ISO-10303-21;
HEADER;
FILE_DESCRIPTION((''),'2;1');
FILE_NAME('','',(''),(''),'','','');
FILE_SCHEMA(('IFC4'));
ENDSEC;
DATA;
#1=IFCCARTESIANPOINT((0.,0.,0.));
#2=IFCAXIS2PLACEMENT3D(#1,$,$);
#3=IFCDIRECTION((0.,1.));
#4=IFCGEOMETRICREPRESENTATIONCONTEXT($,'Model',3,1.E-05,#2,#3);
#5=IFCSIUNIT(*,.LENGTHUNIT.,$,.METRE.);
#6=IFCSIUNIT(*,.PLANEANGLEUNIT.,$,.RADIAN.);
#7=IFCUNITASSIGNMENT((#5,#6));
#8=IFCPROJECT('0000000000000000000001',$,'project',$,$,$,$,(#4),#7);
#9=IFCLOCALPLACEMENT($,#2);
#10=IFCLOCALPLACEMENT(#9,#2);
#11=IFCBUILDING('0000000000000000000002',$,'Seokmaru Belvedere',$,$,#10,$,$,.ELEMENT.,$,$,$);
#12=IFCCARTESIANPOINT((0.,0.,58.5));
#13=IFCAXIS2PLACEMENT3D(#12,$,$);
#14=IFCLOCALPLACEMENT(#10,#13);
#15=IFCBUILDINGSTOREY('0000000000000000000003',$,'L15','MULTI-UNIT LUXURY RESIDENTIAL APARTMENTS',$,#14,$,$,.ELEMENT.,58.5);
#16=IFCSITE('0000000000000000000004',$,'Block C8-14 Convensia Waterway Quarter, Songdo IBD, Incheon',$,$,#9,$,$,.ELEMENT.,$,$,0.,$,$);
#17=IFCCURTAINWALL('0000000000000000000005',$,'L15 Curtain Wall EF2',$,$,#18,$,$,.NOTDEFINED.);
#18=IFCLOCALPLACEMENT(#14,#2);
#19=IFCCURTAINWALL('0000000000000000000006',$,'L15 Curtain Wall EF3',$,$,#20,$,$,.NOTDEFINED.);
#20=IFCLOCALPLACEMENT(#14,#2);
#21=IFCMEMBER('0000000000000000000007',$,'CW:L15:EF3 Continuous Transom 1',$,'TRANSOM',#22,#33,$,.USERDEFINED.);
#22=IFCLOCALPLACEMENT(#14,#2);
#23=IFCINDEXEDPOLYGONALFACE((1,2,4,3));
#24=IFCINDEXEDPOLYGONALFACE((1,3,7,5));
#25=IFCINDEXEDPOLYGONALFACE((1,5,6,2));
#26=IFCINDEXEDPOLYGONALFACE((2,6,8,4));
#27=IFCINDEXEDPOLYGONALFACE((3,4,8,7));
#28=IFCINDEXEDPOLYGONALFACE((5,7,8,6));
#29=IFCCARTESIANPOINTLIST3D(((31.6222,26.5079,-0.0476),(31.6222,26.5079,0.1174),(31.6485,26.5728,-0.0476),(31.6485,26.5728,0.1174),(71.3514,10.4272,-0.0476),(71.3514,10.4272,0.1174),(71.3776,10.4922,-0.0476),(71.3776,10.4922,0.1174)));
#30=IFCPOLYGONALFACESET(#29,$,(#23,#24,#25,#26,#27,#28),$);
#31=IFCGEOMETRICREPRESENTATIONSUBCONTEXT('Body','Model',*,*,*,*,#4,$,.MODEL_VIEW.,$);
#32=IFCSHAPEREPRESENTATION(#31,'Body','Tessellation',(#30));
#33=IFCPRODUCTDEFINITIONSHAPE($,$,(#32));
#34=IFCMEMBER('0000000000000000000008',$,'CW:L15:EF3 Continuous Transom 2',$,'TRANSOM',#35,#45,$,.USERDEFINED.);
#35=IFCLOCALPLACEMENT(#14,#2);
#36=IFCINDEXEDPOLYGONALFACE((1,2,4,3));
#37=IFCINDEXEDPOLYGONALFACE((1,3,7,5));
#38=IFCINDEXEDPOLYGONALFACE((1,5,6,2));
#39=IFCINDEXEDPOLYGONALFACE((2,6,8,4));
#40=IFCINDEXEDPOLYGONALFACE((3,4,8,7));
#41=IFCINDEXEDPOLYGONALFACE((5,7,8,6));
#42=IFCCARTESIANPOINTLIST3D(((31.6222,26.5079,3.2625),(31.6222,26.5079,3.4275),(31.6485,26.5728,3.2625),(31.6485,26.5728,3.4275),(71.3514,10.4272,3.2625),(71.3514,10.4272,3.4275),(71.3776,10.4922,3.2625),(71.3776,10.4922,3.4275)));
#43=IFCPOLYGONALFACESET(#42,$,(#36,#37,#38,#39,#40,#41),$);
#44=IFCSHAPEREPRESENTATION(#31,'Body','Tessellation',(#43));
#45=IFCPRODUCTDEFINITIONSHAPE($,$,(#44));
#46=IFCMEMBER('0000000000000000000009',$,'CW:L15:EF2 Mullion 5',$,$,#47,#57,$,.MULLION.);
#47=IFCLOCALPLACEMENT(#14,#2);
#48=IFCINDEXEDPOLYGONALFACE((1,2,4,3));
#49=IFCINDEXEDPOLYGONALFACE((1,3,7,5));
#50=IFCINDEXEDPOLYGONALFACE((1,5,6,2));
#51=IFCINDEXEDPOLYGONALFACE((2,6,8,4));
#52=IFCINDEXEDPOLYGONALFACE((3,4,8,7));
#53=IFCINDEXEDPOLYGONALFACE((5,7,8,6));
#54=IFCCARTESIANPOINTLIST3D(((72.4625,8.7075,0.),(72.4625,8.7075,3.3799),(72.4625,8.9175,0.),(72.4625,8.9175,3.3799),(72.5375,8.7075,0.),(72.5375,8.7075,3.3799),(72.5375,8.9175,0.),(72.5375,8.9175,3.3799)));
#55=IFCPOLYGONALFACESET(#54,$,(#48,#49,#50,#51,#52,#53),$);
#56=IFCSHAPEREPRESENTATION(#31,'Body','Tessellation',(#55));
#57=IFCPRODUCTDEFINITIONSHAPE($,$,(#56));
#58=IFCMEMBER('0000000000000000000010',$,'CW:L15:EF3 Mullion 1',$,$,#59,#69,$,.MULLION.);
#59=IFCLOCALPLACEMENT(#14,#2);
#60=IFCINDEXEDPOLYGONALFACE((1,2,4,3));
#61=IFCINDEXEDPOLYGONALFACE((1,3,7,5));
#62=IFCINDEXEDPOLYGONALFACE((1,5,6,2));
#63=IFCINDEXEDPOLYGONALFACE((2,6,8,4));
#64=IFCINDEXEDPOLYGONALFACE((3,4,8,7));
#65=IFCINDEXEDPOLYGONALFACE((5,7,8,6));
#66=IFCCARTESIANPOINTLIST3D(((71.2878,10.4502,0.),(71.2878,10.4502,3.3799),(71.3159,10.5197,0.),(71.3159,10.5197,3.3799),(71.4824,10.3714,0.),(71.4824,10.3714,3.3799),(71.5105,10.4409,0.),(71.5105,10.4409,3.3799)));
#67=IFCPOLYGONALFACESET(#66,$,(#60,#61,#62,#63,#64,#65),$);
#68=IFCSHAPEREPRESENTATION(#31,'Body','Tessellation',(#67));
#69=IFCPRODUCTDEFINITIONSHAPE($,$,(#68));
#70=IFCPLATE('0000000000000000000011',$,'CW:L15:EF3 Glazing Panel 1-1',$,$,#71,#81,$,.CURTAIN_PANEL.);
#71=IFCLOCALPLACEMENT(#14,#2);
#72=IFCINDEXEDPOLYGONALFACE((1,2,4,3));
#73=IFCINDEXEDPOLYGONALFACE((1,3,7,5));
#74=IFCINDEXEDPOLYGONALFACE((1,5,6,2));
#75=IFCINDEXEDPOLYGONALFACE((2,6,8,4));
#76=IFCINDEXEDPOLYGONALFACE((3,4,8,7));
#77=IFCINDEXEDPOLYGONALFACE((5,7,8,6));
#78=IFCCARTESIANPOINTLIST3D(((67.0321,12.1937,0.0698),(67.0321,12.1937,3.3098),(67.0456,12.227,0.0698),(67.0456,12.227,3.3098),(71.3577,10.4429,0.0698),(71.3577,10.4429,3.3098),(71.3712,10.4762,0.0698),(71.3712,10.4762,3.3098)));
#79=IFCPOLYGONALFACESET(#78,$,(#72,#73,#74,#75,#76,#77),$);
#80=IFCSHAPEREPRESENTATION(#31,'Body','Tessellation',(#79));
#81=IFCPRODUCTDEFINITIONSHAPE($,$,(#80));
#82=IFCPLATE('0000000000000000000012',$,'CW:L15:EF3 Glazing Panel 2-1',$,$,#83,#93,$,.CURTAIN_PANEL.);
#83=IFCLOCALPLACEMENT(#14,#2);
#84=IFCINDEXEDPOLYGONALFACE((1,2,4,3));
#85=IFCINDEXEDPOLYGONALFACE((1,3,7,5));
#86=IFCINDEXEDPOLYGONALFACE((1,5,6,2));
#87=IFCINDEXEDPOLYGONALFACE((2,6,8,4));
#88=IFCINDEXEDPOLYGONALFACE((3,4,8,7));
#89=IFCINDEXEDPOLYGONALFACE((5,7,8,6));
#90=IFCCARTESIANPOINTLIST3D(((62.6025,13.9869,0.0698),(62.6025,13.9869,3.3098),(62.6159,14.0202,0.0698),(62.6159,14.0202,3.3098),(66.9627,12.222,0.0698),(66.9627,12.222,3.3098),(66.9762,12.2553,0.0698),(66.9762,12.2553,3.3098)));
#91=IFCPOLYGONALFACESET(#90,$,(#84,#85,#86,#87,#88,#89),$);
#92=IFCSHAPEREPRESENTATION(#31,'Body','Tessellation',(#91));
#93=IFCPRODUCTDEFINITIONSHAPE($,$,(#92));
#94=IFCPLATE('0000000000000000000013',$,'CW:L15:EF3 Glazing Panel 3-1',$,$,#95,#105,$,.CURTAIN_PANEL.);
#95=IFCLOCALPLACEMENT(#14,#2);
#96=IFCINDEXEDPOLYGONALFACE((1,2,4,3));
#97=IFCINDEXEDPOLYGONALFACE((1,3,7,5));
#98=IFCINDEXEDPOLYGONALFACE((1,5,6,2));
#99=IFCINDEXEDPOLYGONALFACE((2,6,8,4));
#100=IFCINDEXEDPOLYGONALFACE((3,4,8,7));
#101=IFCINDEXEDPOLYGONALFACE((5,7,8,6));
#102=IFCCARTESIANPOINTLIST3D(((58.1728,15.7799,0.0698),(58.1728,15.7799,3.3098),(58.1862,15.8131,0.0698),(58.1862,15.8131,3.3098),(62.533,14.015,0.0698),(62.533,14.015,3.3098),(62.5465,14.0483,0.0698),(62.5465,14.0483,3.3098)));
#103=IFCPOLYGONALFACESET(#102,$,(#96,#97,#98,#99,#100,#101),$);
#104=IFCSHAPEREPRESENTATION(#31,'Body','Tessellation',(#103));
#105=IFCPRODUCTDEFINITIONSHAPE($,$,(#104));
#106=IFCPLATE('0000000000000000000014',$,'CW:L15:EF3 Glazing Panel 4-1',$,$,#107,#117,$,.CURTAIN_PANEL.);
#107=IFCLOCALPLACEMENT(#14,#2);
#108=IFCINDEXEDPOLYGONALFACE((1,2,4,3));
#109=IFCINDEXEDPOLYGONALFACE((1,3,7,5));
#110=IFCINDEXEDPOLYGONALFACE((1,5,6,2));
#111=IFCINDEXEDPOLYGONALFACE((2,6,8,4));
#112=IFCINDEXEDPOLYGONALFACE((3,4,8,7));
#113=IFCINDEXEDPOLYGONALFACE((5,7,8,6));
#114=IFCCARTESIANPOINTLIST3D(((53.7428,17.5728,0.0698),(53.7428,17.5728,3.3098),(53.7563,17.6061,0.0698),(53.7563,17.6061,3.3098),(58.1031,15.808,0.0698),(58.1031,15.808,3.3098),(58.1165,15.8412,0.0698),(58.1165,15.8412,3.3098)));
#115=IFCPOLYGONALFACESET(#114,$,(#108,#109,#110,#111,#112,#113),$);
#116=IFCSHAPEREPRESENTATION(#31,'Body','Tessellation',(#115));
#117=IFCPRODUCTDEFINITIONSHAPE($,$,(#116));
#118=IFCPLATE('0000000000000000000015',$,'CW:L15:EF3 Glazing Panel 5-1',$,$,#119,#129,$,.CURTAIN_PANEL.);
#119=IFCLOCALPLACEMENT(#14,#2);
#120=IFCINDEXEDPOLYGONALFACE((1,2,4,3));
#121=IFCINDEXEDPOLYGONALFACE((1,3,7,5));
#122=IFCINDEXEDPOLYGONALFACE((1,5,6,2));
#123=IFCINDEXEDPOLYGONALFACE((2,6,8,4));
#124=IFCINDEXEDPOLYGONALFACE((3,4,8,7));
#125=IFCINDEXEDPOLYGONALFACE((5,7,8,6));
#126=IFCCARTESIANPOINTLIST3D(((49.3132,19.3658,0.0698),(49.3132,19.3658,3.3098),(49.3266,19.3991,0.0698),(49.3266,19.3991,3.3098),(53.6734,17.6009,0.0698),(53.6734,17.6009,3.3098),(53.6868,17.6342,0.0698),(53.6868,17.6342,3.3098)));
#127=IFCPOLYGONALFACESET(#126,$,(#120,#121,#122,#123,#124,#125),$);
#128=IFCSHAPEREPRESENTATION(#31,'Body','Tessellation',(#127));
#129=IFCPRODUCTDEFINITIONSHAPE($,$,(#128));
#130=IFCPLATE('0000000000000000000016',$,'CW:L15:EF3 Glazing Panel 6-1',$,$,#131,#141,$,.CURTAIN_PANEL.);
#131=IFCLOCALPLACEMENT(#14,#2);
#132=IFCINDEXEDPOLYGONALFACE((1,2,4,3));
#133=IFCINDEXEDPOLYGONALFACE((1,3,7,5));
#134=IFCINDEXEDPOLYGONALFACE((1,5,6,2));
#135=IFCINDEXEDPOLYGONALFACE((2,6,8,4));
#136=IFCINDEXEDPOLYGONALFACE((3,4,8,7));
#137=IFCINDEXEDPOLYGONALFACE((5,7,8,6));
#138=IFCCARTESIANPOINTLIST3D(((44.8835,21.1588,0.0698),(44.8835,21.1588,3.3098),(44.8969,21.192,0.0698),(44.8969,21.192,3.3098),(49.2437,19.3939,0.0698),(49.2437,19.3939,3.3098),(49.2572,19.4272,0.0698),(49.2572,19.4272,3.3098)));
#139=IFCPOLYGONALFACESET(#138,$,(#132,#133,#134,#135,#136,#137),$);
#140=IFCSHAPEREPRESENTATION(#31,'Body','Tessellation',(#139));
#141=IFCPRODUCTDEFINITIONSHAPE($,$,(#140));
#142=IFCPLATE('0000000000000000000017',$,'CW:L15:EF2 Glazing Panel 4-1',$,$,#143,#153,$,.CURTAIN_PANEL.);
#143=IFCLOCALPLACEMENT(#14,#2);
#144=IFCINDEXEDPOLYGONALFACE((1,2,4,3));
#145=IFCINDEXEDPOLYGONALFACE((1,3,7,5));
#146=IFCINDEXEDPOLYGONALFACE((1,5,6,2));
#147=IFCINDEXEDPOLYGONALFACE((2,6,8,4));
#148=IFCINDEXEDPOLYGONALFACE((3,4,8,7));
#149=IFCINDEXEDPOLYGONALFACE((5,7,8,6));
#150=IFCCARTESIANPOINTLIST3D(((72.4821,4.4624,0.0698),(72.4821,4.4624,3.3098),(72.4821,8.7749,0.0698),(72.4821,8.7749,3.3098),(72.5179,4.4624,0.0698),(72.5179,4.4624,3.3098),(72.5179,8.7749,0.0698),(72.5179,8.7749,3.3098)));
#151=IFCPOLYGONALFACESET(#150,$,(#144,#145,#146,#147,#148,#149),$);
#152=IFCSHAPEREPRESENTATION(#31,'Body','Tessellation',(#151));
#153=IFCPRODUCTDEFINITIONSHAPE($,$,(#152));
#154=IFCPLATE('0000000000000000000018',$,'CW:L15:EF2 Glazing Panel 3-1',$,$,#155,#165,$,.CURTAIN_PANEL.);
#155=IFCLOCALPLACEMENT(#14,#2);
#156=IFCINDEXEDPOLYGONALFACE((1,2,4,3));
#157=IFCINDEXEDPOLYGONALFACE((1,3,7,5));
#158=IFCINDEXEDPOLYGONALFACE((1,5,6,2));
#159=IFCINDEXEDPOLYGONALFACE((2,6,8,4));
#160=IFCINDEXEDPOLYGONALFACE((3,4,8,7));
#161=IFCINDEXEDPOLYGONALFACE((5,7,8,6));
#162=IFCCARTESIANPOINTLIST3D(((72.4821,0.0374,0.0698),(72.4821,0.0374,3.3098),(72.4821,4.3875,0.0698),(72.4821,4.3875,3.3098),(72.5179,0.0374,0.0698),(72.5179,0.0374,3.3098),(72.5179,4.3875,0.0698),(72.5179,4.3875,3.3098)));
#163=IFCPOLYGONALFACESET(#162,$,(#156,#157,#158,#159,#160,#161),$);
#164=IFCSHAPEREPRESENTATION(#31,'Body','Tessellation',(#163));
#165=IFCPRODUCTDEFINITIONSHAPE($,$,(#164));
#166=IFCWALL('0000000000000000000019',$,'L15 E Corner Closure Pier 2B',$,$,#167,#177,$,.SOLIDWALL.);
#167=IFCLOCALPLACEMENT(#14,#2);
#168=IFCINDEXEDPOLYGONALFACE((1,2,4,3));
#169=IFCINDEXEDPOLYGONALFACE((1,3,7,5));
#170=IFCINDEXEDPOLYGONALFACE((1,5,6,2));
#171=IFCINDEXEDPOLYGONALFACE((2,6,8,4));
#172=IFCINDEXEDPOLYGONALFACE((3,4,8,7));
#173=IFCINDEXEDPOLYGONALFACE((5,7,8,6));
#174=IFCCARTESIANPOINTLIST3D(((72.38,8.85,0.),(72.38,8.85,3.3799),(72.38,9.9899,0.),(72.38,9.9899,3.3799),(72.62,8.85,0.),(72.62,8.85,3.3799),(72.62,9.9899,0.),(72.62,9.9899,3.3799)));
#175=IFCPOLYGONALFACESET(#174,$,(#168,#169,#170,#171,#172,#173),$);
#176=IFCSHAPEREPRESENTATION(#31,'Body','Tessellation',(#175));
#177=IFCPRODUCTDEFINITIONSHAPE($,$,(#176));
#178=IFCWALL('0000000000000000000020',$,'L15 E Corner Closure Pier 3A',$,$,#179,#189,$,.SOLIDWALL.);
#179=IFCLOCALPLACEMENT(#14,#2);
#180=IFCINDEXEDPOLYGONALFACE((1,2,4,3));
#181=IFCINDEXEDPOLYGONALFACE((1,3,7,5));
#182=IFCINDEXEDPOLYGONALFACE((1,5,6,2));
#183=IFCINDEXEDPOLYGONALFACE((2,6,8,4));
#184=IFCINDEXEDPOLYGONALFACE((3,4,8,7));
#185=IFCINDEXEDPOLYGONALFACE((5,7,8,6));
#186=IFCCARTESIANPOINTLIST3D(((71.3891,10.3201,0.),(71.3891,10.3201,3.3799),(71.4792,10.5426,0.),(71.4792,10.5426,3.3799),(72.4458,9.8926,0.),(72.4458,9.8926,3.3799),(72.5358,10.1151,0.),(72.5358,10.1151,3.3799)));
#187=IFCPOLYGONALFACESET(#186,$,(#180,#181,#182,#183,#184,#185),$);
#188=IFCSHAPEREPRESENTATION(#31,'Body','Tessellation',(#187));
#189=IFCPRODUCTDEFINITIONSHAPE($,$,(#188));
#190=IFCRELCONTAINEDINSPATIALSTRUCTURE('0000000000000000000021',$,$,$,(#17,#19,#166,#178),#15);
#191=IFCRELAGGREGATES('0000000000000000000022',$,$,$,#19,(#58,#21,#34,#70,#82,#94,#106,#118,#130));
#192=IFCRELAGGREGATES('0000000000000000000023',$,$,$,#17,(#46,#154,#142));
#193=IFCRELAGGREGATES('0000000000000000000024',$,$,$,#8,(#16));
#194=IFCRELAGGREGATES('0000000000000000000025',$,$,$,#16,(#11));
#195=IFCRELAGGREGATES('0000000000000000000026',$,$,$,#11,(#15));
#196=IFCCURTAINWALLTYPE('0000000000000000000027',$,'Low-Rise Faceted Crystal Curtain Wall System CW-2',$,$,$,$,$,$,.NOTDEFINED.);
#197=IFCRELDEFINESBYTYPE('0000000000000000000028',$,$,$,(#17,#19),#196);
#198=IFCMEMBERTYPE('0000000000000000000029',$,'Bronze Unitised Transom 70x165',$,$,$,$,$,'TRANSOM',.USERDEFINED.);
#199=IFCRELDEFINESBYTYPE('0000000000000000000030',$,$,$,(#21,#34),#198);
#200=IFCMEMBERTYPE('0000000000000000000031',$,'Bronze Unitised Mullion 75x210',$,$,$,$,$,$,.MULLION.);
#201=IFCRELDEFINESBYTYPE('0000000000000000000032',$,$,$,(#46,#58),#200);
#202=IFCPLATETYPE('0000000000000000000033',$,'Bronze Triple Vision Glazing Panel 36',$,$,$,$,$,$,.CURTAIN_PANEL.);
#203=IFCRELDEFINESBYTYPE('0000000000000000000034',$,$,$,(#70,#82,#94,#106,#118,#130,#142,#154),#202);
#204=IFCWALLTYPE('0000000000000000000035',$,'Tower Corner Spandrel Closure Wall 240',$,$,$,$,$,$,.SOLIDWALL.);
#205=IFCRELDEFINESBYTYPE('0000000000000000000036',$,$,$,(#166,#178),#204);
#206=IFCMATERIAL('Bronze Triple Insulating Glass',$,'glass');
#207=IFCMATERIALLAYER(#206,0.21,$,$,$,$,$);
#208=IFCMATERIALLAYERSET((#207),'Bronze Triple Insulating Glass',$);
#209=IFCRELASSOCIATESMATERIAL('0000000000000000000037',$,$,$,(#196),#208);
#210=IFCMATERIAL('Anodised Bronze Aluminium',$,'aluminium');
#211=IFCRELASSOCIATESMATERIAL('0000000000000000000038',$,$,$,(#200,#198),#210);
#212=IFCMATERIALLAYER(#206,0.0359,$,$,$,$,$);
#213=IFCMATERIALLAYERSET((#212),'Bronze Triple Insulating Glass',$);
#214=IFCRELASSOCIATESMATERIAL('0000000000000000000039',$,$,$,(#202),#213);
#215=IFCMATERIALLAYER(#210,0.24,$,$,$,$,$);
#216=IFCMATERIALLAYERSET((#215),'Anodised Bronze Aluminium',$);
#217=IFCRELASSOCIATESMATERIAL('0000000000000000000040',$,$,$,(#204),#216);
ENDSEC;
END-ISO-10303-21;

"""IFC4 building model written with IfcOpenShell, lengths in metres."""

from ifc_helpers import new_model, si_unit, direction, frame, frame_2d, origin, origin_2d, place, context, subcontext, project, spatial, rectangle, extrude, source, transform, mapped, material, layer, layer_set, material_profile, profile_set, type_object, type_shapes, element, aggregate, save


model = new_model("IFC4")

# Units and contexts
model_context = context("Model", 3, precision=1e-05, world=origin(), true_north=direction((0.0, 1.0)))
body_context = subcontext(model_context, "Body", "Model", "MODEL_VIEW")
ifc_project = project(units=[si_unit("LENGTHUNIT", "METRE"), si_unit("PLANEANGLEUNIT", "RADIAN")], contexts=[model_context])

# Site, building, storey
site_placement = place(None, origin())
site = spatial("IfcSite", under=ifc_project, at=site_placement, Name="Block C8-14 Convensia Waterway Quarter, Songdo IBD, Incheon", CompositionType="ELEMENT", RefElevation=0.0)
building_placement = place(site_placement, origin())
building = spatial("IfcBuilding", under=site, at=building_placement, Name="Seokmaru Belvedere", CompositionType="ELEMENT")
storey_placement = place(building_placement, frame((0.0, 0.0, 58.5)))
storey = spatial("IfcBuildingStorey", under=building, at=storey_placement, Name="L15", Description="MULTI-UNIT LUXURY RESIDENTIAL APARTMENTS", CompositionType="ELEMENT", Elevation=58.5)

# Curtain walls, members
ifc_material_1 = material(Name="Bronze Triple Insulating Glass", Category="glass")
ifc_layer_1 = layer(ifc_material_1, 0.21)
ifc_layer_set_1 = layer_set([ifc_layer_1], Name="Bronze Triple Insulating Glass")
curtain_wall_type = type_object("IfcCurtainWallType", Name="Low-Rise Faceted Crystal Curtain Wall System CW-2", PredefinedType="NOTDEFINED", material=ifc_layer_set_1)
curtain_wall_1_placement = place(storey_placement, origin())
curtain_wall_1 = element("IfcCurtainWall", 1, at=curtain_wall_1_placement, inside=storey, type_object=curtain_wall_type, Name="L15 Curtain Wall EF2", PredefinedType="NOTDEFINED")
ifc_material_2 = material(Name="Anodised Bronze Aluminium", Category="aluminium")
ifc_material_profile_1 = material_profile(ifc_material_2, rectangle(XDim=0.075, YDim=0.21, at=origin_2d()), Name="CW-M-75x210")
ifc_profile_set_1 = profile_set([ifc_material_profile_1], Name="Anodised Bronze Aluminium")
member_type_1 = type_object("IfcMemberType", Name="Bronze Unitised Mullion 75x210", PredefinedType="MULLION", material=ifc_profile_set_1)
curtain_wall_2_placement = place(storey_placement, origin())
curtain_wall_2 = element("IfcCurtainWall", 2, at=curtain_wall_2_placement, inside=storey, type_object=curtain_wall_type, Name="L15 Curtain Wall EF3", PredefinedType="NOTDEFINED")
ifc_material_profile_2 = material_profile(ifc_material_2, rectangle(XDim=0.0701, YDim=0.165, at=origin_2d()), Name="CW-T-70x165")
ifc_profile_set_2 = profile_set([ifc_material_profile_2], Name="Anodised Bronze Aluminium")
member_type_2 = type_object("IfcMemberType", Name="Bronze Unitised Transom 70x165", ElementType="TRANSOM", PredefinedType="USERDEFINED", material=ifc_profile_set_2)
shared_shape_1 = source(origin(), body_context, "Body", "SweptSolid", [
    extrude(rectangle(XDim=0.0701, YDim=0.165, at=origin_2d()), origin(), (0.0, 0.0, 1.0), 42.8601),
])
type_shapes(member_type_2, [shared_shape_1])
member_1_placement = place(storey_placement, frame((71.3645, 10.4597, 0.0349), z_axis=(-0.926949, 0.375188, 0.0), x_axis=(-0.375188, -0.926949, 0.0)))
member_1 = element("IfcMember", 3, at=member_1_placement, type_object=member_type_2, Name="CW:L15:EF3 Continuous Transom 1", ObjectType="TRANSOM", PredefinedType="USERDEFINED", context=body_context, shape_type="MappedRepresentation", body=[
    mapped(shared_shape_1, transform((0.0, 0.0, 0.0), scale=1.0)),
])
member_2_placement = place(storey_placement, frame((71.3645, 10.4597, 3.345), z_axis=(-0.926949, 0.375188, 0.0), x_axis=(-0.375188, -0.926949, 0.0)))
member_2 = element("IfcMember", 4, at=member_2_placement, type_object=member_type_2, Name="CW:L15:EF3 Continuous Transom 2", ObjectType="TRANSOM", PredefinedType="USERDEFINED", context=body_context, shape_type="MappedRepresentation", body=[
    mapped(shared_shape_1, transform((0.0, 0.0, 0.0), scale=1.0)),
])

# Members
shared_shape_2 = source(origin(), body_context, "Body", "SweptSolid", [
    extrude(rectangle(XDim=0.075, YDim=0.21, at=origin_2d()), origin(), (0.0, 0.0, 1.0), 3.3799),
])
member_3_placement = place(storey_placement, frame((72.5, 8.8125, 0.0), z_axis=(0.0, 0.0, 1.0), x_axis=(-1.0, 0.0, 0.0)))
member_3 = element("IfcMember", 5, at=member_3_placement, type_object=member_type_1, Name="CW:L15:EF2 Mullion 5", PredefinedType="MULLION", context=body_context, shape_type="MappedRepresentation", body=[
    mapped(shared_shape_2, transform((0.0, 0.0, 0.0), scale=1.0)),
])
member_4_placement = place(storey_placement, frame((71.3992, 10.4456, 0.0), z_axis=(0.0, 0.0, 1.0), x_axis=(-0.375192, -0.926947, 0.0)))
member_4 = element("IfcMember", 6, at=member_4_placement, type_object=member_type_1, Name="CW:L15:EF3 Mullion 1", PredefinedType="MULLION", context=body_context, shape_type="MappedRepresentation", body=[
    mapped(shared_shape_2, transform((0.0, 0.0, 0.0), scale=1.0)),
])

# Plates
ifc_layer_2 = layer(ifc_material_1, 0.0359)
ifc_layer_set_2 = layer_set([ifc_layer_2], Name="Bronze Triple Insulating Glass")
plate_type = type_object("IfcPlateType", Name="Bronze Triple Vision Glazing Panel 36", PredefinedType="CURTAIN_PANEL", material=ifc_layer_set_2)
shared_shape_3 = source(origin(), body_context, "Body", "SweptSolid", [
    extrude(rectangle(XDim=4.6665, YDim=0.0359, at=origin_2d()), origin(), (0.0, 0.0, 1.0), 3.24),
])
plate_1_placement = place(storey_placement, frame((69.2017, 11.335, 0.0698), z_axis=(0.0, 0.0, 1.0), x_axis=(-0.926947, 0.375192, 0.0)))
plate_1 = element("IfcPlate", 7, at=plate_1_placement, type_object=plate_type, Name="CW:L15:EF3 Glazing Panel 1-1", PredefinedType="CURTAIN_PANEL", context=body_context, shape_type="MappedRepresentation", body=[
    mapped(shared_shape_3, transform((0.0, 0.0, 0.0), scale=1.0)),
])
shared_shape_4 = source(origin(), body_context, "Body", "SweptSolid", [
    extrude(rectangle(XDim=4.7039, YDim=0.0359, at=origin_2d()), origin(), (0.0, 0.0, 1.0), 3.24),
])
plate_2_placement = place(storey_placement, frame((64.7893, 13.1211, 0.0698), z_axis=(0.0, 0.0, 1.0), x_axis=(-0.926947, 0.375192, 0.0)))
plate_2 = element("IfcPlate", 8, at=plate_2_placement, type_object=plate_type, Name="CW:L15:EF3 Glazing Panel 2-1", PredefinedType="CURTAIN_PANEL", context=body_context, shape_type="MappedRepresentation", body=[
    mapped(shared_shape_4, transform((0.0, 0.0, 0.0), scale=1.0)),
])
plate_3_placement = place(storey_placement, frame((60.3596, 14.9141, 0.0698), z_axis=(0.0, 0.0, 1.0), x_axis=(-0.926947, 0.375192, 0.0)))
plate_3 = element("IfcPlate", 9, at=plate_3_placement, type_object=plate_type, Name="CW:L15:EF3 Glazing Panel 3-1", PredefinedType="CURTAIN_PANEL", context=body_context, shape_type="MappedRepresentation", body=[
    mapped(shared_shape_4, transform((0.0, 0.0, 0.0), scale=1.0)),
])
plate_4_placement = place(storey_placement, frame((55.9297, 16.707, 0.0698), z_axis=(0.0, 0.0, 1.0), x_axis=(-0.926947, 0.375192, 0.0)))
plate_4 = element("IfcPlate", 10, at=plate_4_placement, type_object=plate_type, Name="CW:L15:EF3 Glazing Panel 4-1", PredefinedType="CURTAIN_PANEL", context=body_context, shape_type="MappedRepresentation", body=[
    mapped(shared_shape_4, transform((0.0, 0.0, 0.0), scale=1.0)),
])
plate_5_placement = place(storey_placement, frame((51.5, 18.5, 0.0698), z_axis=(0.0, 0.0, 1.0), x_axis=(-0.926947, 0.375192, 0.0)))
plate_5 = element("IfcPlate", 11, at=plate_5_placement, type_object=plate_type, Name="CW:L15:EF3 Glazing Panel 5-1", PredefinedType="CURTAIN_PANEL", context=body_context, shape_type="MappedRepresentation", body=[
    mapped(shared_shape_4, transform((0.0, 0.0, 0.0), scale=1.0)),
])
plate_6_placement = place(storey_placement, frame((47.0703, 20.293, 0.0698), z_axis=(0.0, 0.0, 1.0), x_axis=(-0.926947, 0.375192, 0.0)))
plate_6 = element("IfcPlate", 12, at=plate_6_placement, type_object=plate_type, Name="CW:L15:EF3 Glazing Panel 6-1", PredefinedType="CURTAIN_PANEL", context=body_context, shape_type="MappedRepresentation", body=[
    mapped(shared_shape_4, transform((0.0, 0.0, 0.0), scale=1.0)),
])
aggregate(curtain_wall_2, [member_4, member_1, member_2, plate_1, plate_2, plate_3, plate_4, plate_5, plate_6])
shared_shape_5 = source(origin(), body_context, "Body", "SweptSolid", [
    extrude(rectangle(XDim=4.3125, YDim=0.0359, at=origin_2d()), origin(), (0.0, 0.0, 1.0), 3.24),
])
plate_7_placement = place(storey_placement, frame((72.5, 6.6187, 0.0698), z_axis=(0.0, 0.0, 1.0), x_axis=(0.0, 1.0, 0.0)))
plate_7 = element("IfcPlate", 13, at=plate_7_placement, type_object=plate_type, Name="CW:L15:EF2 Glazing Panel 4-1", PredefinedType="CURTAIN_PANEL", context=body_context, shape_type="MappedRepresentation", body=[
    mapped(shared_shape_5, transform((0.0, 0.0, 0.0), scale=1.0)),
])
shared_shape_6 = source(origin(), body_context, "Body", "SweptSolid", [
    extrude(rectangle(XDim=4.3501, YDim=0.0359, at=origin_2d()), origin(), (0.0, 0.0, 1.0), 3.24),
])
type_shapes(plate_type, [shared_shape_3, shared_shape_4, shared_shape_5, shared_shape_6])
plate_8_placement = place(storey_placement, frame((72.5, 2.2124, 0.0698), z_axis=(0.0, 0.0, 1.0), x_axis=(0.0, 1.0, 0.0)))
plate_8 = element("IfcPlate", 14, at=plate_8_placement, type_object=plate_type, Name="CW:L15:EF2 Glazing Panel 3-1", PredefinedType="CURTAIN_PANEL", context=body_context, shape_type="MappedRepresentation", body=[
    mapped(shared_shape_6, transform((0.0, 0.0, 0.0), scale=1.0)),
])
aggregate(curtain_wall_1, [member_3, plate_8, plate_7])

# Walls
ifc_layer_3 = layer(ifc_material_2, 0.24)
ifc_layer_set_3 = layer_set([ifc_layer_3], Name="Anodised Bronze Aluminium")
wall_type = type_object("IfcWallType", Name="Tower Corner Spandrel Closure Wall 240", PredefinedType="SOLIDWALL", material=ifc_layer_set_3)
for number, where, z_axis, x_axis, name in (
    (15, (72.5, 8.8501, 0.0), (0.0, 0.0, 1.0), (0.0, 1.0, 0.0), "L15 E Corner Closure Pier 2B"),
    (16, (72.4907, 10.0039, 0.0), (0.0, 0.0, 1.0), (-0.927007, 0.375044, 0.0), "L15 E Corner Closure Pier 3A"),
):
    element("IfcWall", number, at=place(storey_placement, frame(where, z_axis=z_axis, x_axis=x_axis)), inside=storey, type_object=wall_type, Name=name, PredefinedType="SOLIDWALL", context=body_context, shape_type="SweptSolid", body=[
        extrude(rectangle(XDim=1.1399, YDim=0.24, at=frame_2d((0.5698, 0.0))), origin(), (0.0, 0.0, 1.0), 3.3799),
    ])

save(model, "model.ifc")
